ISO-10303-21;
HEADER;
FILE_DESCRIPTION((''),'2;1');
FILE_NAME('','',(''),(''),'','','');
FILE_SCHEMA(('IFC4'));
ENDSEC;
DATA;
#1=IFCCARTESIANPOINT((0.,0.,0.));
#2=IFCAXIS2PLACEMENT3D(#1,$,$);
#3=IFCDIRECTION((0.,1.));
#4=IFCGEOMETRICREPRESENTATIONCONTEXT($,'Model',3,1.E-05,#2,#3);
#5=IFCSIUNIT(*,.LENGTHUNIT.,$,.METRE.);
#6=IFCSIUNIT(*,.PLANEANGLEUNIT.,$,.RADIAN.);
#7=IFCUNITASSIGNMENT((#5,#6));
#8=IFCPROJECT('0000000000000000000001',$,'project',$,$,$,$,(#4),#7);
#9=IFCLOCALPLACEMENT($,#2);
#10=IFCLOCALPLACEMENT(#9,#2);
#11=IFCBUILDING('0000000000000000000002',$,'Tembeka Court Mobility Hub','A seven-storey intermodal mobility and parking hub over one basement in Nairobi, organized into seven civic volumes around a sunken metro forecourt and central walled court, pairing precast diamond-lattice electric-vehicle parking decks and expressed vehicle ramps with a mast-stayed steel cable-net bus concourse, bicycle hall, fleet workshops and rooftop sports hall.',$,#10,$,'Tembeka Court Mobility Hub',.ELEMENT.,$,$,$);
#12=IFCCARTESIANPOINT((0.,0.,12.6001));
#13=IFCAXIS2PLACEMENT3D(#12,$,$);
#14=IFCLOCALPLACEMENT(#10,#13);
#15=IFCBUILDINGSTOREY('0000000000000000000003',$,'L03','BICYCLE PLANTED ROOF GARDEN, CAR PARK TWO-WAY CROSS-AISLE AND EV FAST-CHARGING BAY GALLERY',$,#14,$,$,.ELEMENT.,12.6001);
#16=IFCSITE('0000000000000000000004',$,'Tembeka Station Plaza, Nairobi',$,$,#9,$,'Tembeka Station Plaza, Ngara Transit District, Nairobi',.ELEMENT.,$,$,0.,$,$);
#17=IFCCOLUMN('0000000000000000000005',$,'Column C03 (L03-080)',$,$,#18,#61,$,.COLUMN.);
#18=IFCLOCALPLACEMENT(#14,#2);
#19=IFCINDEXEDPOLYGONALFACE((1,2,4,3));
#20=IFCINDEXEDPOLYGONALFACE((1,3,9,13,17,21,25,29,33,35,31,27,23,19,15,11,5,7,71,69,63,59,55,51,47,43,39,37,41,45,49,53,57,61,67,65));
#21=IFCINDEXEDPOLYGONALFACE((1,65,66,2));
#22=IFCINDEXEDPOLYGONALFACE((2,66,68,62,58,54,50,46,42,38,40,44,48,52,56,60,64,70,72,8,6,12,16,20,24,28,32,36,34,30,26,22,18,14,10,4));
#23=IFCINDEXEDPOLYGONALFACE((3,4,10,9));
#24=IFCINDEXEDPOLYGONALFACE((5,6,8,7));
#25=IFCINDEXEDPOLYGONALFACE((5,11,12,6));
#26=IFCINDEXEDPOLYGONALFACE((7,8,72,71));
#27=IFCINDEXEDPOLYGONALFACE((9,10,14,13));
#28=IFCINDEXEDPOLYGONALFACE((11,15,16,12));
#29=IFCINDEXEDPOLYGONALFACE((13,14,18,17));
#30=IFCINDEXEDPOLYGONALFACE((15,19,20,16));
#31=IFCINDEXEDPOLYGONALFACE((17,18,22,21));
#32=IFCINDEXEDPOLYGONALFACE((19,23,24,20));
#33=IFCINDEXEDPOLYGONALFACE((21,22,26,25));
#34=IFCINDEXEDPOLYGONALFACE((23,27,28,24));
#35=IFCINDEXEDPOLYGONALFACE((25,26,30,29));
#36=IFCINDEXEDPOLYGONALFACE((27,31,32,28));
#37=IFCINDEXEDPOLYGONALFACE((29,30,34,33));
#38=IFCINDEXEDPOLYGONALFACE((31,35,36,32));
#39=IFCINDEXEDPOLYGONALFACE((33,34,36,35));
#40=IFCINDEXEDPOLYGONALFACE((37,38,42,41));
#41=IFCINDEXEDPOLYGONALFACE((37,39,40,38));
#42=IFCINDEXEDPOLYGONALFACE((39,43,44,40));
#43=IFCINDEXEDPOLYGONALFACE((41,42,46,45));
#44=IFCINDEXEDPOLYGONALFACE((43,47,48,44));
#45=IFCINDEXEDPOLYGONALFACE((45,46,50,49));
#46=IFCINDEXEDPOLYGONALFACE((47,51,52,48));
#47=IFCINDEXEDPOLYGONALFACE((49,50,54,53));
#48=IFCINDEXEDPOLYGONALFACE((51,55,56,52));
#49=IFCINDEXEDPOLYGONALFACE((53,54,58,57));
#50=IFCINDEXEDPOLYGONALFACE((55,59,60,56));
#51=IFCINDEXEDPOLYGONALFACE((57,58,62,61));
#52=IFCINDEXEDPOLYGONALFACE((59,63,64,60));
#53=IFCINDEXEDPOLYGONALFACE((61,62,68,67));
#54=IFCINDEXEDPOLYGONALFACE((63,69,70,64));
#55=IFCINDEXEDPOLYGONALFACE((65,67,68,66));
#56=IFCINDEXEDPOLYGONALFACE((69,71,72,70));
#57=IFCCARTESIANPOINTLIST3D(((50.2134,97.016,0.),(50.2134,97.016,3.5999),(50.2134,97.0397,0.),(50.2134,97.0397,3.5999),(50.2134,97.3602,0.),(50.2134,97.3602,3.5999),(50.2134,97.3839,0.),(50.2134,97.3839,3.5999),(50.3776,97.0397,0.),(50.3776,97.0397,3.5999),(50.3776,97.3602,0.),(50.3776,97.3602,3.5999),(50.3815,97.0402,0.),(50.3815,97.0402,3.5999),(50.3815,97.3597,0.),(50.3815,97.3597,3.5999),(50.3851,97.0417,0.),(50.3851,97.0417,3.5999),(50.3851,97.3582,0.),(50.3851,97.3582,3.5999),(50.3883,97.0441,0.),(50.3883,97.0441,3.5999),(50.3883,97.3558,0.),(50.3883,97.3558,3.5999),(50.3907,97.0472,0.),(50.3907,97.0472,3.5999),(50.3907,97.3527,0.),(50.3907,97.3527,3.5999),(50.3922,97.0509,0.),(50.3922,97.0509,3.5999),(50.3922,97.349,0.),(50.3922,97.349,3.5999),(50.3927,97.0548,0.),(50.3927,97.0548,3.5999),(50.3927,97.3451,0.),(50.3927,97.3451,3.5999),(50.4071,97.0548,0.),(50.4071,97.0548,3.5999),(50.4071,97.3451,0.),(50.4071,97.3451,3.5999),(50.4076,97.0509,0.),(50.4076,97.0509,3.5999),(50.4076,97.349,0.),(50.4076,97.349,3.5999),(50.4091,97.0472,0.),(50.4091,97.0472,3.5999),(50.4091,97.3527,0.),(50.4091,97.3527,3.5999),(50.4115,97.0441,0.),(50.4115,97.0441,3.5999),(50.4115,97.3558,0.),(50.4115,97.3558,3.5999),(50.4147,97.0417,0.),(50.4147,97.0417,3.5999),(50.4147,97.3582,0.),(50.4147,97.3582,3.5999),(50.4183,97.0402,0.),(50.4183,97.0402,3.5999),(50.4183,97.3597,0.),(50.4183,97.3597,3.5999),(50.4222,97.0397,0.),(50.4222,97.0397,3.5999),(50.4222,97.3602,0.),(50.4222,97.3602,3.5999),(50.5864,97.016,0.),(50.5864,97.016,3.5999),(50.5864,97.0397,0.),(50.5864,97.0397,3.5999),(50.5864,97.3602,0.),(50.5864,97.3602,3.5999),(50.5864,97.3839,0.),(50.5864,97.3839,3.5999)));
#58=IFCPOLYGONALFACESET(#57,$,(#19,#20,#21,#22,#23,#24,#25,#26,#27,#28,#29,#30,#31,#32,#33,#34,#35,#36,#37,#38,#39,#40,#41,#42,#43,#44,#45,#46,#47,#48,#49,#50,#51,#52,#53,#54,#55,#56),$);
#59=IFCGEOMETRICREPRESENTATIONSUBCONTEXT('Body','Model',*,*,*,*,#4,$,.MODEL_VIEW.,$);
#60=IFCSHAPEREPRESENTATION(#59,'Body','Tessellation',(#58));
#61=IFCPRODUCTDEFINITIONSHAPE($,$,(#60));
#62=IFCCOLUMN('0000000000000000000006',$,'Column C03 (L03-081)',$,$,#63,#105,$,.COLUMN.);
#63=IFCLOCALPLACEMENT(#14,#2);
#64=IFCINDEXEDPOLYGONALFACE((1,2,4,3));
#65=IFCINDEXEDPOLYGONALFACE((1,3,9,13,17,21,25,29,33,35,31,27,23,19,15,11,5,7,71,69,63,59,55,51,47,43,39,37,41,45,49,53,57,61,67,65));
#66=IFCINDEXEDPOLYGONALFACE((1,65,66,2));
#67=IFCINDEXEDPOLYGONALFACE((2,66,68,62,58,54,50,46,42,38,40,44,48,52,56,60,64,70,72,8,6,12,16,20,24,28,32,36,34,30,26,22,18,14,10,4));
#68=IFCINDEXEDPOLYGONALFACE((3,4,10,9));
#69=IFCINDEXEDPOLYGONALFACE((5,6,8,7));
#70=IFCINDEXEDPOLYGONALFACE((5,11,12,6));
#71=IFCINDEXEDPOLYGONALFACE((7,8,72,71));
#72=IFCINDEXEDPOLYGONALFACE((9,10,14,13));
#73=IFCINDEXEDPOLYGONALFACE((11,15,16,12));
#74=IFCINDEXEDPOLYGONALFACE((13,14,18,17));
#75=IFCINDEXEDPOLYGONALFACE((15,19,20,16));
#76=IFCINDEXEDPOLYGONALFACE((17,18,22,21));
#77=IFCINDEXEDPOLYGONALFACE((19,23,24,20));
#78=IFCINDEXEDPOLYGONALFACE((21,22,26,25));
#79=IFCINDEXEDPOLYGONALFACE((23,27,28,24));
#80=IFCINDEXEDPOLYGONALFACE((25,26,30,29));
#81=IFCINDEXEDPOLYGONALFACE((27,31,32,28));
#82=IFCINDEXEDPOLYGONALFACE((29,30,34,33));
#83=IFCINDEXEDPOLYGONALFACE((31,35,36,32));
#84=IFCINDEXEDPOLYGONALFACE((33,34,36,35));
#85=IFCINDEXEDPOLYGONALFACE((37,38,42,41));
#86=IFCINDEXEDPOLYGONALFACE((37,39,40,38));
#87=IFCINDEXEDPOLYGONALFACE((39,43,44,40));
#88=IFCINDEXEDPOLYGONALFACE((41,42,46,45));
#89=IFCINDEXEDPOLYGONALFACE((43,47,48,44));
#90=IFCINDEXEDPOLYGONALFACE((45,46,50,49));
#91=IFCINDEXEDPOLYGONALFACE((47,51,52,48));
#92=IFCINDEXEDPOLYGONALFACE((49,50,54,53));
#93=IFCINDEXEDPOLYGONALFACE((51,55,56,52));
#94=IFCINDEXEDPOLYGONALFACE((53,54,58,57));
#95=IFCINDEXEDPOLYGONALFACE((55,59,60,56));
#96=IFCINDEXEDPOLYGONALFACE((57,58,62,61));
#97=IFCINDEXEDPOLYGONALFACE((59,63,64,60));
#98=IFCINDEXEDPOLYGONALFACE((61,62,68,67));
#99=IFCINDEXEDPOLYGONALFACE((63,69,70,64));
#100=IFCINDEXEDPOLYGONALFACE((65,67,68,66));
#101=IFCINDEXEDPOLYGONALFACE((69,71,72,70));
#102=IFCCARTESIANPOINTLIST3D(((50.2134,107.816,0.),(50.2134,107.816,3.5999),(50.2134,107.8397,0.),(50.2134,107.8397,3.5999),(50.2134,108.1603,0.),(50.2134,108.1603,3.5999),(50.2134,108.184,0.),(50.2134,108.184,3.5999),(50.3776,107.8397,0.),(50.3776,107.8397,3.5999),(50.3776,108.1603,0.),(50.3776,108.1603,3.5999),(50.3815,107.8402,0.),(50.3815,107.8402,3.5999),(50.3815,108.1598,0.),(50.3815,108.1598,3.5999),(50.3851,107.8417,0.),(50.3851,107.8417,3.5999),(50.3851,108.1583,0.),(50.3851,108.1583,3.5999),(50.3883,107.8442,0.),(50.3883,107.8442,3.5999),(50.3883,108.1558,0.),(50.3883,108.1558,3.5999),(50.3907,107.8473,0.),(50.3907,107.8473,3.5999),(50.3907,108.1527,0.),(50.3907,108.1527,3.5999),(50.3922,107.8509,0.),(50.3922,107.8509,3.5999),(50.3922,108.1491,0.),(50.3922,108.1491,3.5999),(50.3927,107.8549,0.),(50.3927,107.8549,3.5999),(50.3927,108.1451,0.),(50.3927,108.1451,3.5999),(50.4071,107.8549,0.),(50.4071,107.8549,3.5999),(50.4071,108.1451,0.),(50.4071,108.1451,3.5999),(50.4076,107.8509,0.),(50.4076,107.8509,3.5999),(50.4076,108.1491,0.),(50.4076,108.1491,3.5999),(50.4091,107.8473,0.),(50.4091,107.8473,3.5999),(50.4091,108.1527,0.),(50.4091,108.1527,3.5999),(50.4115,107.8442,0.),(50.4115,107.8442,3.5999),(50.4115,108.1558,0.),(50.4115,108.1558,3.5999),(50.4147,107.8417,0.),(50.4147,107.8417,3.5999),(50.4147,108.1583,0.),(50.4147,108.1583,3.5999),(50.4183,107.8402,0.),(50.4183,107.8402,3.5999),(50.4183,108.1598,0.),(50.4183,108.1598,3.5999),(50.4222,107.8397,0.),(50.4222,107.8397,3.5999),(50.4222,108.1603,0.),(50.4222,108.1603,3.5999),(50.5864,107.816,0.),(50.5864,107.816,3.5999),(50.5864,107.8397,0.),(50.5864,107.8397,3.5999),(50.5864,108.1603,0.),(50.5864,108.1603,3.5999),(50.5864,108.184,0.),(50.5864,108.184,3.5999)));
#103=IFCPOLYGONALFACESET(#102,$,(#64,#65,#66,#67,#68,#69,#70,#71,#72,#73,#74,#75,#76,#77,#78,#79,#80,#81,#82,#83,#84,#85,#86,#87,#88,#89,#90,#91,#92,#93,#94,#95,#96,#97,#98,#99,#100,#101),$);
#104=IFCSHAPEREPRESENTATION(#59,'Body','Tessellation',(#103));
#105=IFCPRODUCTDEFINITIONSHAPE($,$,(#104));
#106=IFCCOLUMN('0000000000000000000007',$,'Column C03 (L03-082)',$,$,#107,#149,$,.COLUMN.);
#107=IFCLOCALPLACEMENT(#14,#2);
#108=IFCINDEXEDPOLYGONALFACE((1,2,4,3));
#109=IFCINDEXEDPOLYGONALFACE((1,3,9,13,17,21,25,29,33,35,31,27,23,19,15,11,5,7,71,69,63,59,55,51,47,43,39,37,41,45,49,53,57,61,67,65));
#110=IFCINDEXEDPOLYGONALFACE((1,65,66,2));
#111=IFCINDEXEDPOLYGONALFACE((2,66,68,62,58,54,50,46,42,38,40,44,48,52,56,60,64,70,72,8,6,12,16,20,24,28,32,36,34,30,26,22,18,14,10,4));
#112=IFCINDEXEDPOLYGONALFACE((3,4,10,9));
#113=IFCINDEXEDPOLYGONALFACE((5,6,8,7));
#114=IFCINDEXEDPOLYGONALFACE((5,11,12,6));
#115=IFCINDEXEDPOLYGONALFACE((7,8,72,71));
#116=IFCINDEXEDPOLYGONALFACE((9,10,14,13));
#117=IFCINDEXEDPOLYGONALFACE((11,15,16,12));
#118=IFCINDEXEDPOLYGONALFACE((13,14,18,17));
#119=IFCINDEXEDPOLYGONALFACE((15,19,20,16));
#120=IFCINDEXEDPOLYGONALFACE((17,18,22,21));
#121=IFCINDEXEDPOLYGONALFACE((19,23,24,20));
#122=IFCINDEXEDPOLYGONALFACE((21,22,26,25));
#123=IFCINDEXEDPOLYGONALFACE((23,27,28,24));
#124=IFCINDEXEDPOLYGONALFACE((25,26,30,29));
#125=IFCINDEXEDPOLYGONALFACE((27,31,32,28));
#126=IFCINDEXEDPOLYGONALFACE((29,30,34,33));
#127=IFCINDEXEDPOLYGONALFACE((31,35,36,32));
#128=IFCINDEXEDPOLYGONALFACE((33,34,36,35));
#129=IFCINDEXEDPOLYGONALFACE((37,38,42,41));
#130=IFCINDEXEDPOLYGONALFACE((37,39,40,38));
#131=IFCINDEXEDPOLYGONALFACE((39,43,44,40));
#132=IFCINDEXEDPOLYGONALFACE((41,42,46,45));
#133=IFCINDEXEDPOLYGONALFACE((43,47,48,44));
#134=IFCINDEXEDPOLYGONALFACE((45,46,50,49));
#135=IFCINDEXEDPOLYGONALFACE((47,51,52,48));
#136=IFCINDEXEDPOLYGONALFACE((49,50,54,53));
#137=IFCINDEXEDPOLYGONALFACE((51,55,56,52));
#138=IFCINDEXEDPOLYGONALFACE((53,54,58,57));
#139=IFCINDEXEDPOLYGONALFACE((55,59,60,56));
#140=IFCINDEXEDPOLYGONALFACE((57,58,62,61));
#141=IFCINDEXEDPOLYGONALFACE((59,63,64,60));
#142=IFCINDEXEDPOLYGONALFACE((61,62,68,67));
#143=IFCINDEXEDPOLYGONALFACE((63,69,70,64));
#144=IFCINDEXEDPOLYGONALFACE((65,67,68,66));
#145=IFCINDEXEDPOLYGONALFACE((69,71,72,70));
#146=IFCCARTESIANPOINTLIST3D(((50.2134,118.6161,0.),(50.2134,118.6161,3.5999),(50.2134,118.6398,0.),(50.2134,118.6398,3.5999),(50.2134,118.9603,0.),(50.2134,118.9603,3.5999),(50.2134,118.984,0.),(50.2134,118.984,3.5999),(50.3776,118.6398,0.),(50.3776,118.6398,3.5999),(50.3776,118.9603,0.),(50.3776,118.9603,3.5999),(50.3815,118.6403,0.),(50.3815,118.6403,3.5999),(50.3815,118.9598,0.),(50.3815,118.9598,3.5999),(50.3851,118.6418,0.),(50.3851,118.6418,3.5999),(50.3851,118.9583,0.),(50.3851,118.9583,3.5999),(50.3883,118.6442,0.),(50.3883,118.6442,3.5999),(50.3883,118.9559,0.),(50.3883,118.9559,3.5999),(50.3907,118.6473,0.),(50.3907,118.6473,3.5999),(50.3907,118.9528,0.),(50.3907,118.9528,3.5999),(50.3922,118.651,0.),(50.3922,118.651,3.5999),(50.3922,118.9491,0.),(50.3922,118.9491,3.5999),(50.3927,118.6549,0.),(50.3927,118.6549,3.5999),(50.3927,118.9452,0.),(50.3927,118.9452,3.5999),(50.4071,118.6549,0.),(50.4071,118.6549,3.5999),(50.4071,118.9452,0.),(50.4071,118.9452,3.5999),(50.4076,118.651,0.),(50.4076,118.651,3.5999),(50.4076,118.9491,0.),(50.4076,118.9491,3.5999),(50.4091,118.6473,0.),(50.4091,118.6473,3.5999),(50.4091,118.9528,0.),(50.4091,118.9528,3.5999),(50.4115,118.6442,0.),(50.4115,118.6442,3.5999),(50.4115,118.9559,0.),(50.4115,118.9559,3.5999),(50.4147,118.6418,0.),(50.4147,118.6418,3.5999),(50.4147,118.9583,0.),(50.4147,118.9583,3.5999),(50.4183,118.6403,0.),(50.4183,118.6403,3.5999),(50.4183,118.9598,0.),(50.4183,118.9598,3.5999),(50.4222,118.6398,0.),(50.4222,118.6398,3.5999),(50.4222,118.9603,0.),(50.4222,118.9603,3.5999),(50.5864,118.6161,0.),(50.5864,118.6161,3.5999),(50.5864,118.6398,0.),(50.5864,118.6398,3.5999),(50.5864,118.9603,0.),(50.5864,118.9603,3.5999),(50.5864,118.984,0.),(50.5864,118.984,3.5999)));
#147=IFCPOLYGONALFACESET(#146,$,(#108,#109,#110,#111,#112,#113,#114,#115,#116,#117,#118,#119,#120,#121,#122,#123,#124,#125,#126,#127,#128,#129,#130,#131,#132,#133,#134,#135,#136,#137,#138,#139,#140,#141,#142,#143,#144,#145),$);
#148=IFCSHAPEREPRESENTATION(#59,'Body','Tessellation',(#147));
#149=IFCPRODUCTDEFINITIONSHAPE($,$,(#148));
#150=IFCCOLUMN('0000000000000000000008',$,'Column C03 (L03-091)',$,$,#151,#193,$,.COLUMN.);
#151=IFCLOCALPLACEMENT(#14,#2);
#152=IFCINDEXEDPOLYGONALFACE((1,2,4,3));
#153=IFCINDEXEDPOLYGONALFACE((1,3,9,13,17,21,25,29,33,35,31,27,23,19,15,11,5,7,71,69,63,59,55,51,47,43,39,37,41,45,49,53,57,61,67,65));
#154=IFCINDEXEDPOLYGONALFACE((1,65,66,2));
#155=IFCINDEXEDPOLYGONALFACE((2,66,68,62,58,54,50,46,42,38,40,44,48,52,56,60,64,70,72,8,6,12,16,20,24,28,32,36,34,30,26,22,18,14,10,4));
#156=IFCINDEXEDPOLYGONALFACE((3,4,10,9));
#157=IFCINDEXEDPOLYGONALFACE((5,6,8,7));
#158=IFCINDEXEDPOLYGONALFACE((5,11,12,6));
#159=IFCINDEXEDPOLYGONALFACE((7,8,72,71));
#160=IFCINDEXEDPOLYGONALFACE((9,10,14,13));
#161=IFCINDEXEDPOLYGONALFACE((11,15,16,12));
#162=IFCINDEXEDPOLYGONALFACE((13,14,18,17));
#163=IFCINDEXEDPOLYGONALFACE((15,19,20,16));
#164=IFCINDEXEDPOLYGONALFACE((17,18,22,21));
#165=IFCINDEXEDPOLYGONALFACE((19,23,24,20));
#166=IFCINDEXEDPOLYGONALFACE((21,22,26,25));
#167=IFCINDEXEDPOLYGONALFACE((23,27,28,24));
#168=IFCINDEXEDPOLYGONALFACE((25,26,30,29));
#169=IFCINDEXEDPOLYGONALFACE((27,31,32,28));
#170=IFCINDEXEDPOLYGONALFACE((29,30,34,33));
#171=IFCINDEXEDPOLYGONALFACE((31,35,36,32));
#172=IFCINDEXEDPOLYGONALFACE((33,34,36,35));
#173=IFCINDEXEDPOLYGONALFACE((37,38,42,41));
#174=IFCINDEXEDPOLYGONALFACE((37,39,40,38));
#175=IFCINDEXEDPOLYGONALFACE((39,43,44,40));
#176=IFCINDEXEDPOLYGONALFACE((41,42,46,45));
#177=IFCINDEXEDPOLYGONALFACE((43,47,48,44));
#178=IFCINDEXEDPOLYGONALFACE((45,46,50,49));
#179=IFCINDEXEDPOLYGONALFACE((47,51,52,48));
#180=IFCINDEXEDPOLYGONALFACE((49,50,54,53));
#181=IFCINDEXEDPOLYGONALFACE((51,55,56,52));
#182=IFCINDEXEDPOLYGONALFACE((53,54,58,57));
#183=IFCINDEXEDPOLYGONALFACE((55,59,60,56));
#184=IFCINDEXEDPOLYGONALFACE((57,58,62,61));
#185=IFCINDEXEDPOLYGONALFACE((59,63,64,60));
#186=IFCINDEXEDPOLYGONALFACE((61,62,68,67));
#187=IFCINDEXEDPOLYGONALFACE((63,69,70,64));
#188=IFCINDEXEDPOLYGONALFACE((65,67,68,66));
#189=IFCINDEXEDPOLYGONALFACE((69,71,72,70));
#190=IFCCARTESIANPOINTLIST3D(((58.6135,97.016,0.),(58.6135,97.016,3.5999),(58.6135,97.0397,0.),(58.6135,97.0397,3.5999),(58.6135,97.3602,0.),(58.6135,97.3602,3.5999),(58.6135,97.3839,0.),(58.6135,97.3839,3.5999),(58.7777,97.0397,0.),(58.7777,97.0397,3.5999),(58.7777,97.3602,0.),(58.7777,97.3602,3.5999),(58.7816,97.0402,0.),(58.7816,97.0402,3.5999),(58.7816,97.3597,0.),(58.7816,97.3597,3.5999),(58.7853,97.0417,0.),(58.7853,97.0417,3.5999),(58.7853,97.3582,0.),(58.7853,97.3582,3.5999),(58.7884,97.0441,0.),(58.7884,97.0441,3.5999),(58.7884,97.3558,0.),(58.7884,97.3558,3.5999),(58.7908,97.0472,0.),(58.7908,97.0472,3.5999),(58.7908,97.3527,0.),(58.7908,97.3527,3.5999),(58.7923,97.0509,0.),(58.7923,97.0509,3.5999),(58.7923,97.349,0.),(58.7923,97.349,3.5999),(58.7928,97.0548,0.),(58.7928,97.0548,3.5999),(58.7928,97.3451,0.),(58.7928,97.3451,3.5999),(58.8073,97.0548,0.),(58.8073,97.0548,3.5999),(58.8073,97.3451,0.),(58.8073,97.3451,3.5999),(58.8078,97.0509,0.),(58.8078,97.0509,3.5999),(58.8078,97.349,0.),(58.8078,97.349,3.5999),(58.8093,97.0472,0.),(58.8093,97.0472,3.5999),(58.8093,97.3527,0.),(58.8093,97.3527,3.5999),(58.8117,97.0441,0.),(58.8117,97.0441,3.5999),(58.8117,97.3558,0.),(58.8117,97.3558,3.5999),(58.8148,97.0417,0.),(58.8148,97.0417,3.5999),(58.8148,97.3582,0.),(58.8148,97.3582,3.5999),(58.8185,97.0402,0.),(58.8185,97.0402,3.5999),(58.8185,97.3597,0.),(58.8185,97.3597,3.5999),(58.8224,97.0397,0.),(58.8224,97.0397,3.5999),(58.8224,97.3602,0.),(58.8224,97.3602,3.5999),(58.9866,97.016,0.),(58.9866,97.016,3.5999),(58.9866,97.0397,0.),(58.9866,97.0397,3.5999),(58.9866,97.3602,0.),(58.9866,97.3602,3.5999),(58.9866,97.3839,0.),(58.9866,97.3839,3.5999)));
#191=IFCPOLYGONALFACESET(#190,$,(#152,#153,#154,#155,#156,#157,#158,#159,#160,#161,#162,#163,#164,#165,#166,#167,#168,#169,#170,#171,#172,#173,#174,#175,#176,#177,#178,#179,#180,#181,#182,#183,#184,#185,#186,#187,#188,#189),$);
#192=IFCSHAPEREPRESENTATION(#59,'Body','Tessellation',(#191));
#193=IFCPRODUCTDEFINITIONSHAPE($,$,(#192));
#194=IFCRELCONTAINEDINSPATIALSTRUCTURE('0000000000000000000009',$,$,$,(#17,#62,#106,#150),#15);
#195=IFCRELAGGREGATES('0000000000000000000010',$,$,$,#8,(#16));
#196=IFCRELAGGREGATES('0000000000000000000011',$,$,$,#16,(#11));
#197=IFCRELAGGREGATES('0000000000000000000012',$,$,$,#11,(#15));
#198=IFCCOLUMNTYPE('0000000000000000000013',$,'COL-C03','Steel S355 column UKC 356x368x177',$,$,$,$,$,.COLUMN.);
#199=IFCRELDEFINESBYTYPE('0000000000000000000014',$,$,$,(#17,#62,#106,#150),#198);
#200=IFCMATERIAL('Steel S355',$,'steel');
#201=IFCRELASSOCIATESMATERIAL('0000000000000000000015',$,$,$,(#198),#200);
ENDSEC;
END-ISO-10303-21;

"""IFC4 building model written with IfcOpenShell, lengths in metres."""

from ifc_helpers import new_model, si_unit, direction, frame, origin, origin_2d, place, context, subcontext, project, spatial, i_section, extrude, material, material_profile, profile_set, type_object, element, save


model = new_model("IFC4")

# Units and contexts
model_context = context("Model", 3, precision=1e-05, world=origin(), true_north=direction((0.0, 1.0)))
body_context = subcontext(model_context, "Body", "Model", "MODEL_VIEW")
ifc_project = project(units=[si_unit("LENGTHUNIT", "METRE"), si_unit("PLANEANGLEUNIT", "RADIAN")], contexts=[model_context])

# Site, building, storey
site_placement = place(None, origin())
site = spatial("IfcSite", under=ifc_project, at=site_placement, Name="Tembeka Station Plaza, Nairobi", LongName="Tembeka Station Plaza, Ngara Transit District, Nairobi", CompositionType="ELEMENT", RefElevation=0.0)
building_placement = place(site_placement, origin())
building = spatial("IfcBuilding", under=site, at=building_placement, Name="Tembeka Court Mobility Hub", Description="A seven-storey intermodal mobility and parking hub over one basement in Nairobi, organized into seven civic volumes around a sunken metro forecourt and central walled court, pairing precast diamond-lattice electric-vehicle parking decks and expressed vehicle ramps with a mast-stayed steel cable-net bus concourse, bicycle hall, fleet workshops and rooftop sports hall.", LongName="Tembeka Court Mobility Hub", CompositionType="ELEMENT")
storey_placement = place(building_placement, frame((0.0, 0.0, 12.6001)))
storey = spatial("IfcBuildingStorey", under=building, at=storey_placement, Name="L03", Description="BICYCLE PLANTED ROOF GARDEN, CAR PARK TWO-WAY CROSS-AISLE AND EV FAST-CHARGING BAY GALLERY", CompositionType="ELEMENT", Elevation=12.6001)

# Columns
ifc_material_1 = material(Name="Steel S355", Category="steel")
ifc_material_profile_1 = material_profile(ifc_material_1, i_section(OverallWidth=0.373, OverallDepth=0.3679, WebThickness=0.0144, FlangeThickness=0.0237, FilletRadius=0.0151, at=origin_2d()), Name="UKC 356x368x177")
ifc_profile_set_1 = profile_set([ifc_material_profile_1], Name="Steel S355")
column_type = type_object("IfcColumnType", Name="COL-C03", Description="Steel S355 column UKC 356x368x177", PredefinedType="COLUMN", material=ifc_profile_set_1)
for number, where, z_axis, x_axis, name in (
    (1, (50.3999, 97.2, 0.0), (0.0, 0.0, 1.0), (1.0, 0.0, 0.0), "Column C03 (L03-080)"),
    (2, (50.3999, 108.0, 0.0), (0.0, 0.0, 1.0), (1.0, 0.0, 0.0), "Column C03 (L03-081)"),
    (3, (50.3999, 118.8, 0.0), (0.0, 0.0, 1.0), (1.0, 0.0, 0.0), "Column C03 (L03-082)"),
    (4, (58.8, 97.2, 0.0), (0.0, 0.0, 1.0), (1.0, 0.0, 0.0), "Column C03 (L03-091)"),
):
    element("IfcColumn", number, at=place(storey_placement, frame(where, z_axis=z_axis, x_axis=x_axis)), inside=storey, type_object=column_type, Name=name, PredefinedType="COLUMN", context=body_context, shape_type="SweptSolid", body=[
        extrude(i_section(OverallWidth=0.373, OverallDepth=0.3679, WebThickness=0.0144, FlangeThickness=0.0237, FilletRadius=0.0151, at=origin_2d()), origin(), (0.0, 0.0, 1.0), 3.5999),
    ])

save(model, "model.ifc")
